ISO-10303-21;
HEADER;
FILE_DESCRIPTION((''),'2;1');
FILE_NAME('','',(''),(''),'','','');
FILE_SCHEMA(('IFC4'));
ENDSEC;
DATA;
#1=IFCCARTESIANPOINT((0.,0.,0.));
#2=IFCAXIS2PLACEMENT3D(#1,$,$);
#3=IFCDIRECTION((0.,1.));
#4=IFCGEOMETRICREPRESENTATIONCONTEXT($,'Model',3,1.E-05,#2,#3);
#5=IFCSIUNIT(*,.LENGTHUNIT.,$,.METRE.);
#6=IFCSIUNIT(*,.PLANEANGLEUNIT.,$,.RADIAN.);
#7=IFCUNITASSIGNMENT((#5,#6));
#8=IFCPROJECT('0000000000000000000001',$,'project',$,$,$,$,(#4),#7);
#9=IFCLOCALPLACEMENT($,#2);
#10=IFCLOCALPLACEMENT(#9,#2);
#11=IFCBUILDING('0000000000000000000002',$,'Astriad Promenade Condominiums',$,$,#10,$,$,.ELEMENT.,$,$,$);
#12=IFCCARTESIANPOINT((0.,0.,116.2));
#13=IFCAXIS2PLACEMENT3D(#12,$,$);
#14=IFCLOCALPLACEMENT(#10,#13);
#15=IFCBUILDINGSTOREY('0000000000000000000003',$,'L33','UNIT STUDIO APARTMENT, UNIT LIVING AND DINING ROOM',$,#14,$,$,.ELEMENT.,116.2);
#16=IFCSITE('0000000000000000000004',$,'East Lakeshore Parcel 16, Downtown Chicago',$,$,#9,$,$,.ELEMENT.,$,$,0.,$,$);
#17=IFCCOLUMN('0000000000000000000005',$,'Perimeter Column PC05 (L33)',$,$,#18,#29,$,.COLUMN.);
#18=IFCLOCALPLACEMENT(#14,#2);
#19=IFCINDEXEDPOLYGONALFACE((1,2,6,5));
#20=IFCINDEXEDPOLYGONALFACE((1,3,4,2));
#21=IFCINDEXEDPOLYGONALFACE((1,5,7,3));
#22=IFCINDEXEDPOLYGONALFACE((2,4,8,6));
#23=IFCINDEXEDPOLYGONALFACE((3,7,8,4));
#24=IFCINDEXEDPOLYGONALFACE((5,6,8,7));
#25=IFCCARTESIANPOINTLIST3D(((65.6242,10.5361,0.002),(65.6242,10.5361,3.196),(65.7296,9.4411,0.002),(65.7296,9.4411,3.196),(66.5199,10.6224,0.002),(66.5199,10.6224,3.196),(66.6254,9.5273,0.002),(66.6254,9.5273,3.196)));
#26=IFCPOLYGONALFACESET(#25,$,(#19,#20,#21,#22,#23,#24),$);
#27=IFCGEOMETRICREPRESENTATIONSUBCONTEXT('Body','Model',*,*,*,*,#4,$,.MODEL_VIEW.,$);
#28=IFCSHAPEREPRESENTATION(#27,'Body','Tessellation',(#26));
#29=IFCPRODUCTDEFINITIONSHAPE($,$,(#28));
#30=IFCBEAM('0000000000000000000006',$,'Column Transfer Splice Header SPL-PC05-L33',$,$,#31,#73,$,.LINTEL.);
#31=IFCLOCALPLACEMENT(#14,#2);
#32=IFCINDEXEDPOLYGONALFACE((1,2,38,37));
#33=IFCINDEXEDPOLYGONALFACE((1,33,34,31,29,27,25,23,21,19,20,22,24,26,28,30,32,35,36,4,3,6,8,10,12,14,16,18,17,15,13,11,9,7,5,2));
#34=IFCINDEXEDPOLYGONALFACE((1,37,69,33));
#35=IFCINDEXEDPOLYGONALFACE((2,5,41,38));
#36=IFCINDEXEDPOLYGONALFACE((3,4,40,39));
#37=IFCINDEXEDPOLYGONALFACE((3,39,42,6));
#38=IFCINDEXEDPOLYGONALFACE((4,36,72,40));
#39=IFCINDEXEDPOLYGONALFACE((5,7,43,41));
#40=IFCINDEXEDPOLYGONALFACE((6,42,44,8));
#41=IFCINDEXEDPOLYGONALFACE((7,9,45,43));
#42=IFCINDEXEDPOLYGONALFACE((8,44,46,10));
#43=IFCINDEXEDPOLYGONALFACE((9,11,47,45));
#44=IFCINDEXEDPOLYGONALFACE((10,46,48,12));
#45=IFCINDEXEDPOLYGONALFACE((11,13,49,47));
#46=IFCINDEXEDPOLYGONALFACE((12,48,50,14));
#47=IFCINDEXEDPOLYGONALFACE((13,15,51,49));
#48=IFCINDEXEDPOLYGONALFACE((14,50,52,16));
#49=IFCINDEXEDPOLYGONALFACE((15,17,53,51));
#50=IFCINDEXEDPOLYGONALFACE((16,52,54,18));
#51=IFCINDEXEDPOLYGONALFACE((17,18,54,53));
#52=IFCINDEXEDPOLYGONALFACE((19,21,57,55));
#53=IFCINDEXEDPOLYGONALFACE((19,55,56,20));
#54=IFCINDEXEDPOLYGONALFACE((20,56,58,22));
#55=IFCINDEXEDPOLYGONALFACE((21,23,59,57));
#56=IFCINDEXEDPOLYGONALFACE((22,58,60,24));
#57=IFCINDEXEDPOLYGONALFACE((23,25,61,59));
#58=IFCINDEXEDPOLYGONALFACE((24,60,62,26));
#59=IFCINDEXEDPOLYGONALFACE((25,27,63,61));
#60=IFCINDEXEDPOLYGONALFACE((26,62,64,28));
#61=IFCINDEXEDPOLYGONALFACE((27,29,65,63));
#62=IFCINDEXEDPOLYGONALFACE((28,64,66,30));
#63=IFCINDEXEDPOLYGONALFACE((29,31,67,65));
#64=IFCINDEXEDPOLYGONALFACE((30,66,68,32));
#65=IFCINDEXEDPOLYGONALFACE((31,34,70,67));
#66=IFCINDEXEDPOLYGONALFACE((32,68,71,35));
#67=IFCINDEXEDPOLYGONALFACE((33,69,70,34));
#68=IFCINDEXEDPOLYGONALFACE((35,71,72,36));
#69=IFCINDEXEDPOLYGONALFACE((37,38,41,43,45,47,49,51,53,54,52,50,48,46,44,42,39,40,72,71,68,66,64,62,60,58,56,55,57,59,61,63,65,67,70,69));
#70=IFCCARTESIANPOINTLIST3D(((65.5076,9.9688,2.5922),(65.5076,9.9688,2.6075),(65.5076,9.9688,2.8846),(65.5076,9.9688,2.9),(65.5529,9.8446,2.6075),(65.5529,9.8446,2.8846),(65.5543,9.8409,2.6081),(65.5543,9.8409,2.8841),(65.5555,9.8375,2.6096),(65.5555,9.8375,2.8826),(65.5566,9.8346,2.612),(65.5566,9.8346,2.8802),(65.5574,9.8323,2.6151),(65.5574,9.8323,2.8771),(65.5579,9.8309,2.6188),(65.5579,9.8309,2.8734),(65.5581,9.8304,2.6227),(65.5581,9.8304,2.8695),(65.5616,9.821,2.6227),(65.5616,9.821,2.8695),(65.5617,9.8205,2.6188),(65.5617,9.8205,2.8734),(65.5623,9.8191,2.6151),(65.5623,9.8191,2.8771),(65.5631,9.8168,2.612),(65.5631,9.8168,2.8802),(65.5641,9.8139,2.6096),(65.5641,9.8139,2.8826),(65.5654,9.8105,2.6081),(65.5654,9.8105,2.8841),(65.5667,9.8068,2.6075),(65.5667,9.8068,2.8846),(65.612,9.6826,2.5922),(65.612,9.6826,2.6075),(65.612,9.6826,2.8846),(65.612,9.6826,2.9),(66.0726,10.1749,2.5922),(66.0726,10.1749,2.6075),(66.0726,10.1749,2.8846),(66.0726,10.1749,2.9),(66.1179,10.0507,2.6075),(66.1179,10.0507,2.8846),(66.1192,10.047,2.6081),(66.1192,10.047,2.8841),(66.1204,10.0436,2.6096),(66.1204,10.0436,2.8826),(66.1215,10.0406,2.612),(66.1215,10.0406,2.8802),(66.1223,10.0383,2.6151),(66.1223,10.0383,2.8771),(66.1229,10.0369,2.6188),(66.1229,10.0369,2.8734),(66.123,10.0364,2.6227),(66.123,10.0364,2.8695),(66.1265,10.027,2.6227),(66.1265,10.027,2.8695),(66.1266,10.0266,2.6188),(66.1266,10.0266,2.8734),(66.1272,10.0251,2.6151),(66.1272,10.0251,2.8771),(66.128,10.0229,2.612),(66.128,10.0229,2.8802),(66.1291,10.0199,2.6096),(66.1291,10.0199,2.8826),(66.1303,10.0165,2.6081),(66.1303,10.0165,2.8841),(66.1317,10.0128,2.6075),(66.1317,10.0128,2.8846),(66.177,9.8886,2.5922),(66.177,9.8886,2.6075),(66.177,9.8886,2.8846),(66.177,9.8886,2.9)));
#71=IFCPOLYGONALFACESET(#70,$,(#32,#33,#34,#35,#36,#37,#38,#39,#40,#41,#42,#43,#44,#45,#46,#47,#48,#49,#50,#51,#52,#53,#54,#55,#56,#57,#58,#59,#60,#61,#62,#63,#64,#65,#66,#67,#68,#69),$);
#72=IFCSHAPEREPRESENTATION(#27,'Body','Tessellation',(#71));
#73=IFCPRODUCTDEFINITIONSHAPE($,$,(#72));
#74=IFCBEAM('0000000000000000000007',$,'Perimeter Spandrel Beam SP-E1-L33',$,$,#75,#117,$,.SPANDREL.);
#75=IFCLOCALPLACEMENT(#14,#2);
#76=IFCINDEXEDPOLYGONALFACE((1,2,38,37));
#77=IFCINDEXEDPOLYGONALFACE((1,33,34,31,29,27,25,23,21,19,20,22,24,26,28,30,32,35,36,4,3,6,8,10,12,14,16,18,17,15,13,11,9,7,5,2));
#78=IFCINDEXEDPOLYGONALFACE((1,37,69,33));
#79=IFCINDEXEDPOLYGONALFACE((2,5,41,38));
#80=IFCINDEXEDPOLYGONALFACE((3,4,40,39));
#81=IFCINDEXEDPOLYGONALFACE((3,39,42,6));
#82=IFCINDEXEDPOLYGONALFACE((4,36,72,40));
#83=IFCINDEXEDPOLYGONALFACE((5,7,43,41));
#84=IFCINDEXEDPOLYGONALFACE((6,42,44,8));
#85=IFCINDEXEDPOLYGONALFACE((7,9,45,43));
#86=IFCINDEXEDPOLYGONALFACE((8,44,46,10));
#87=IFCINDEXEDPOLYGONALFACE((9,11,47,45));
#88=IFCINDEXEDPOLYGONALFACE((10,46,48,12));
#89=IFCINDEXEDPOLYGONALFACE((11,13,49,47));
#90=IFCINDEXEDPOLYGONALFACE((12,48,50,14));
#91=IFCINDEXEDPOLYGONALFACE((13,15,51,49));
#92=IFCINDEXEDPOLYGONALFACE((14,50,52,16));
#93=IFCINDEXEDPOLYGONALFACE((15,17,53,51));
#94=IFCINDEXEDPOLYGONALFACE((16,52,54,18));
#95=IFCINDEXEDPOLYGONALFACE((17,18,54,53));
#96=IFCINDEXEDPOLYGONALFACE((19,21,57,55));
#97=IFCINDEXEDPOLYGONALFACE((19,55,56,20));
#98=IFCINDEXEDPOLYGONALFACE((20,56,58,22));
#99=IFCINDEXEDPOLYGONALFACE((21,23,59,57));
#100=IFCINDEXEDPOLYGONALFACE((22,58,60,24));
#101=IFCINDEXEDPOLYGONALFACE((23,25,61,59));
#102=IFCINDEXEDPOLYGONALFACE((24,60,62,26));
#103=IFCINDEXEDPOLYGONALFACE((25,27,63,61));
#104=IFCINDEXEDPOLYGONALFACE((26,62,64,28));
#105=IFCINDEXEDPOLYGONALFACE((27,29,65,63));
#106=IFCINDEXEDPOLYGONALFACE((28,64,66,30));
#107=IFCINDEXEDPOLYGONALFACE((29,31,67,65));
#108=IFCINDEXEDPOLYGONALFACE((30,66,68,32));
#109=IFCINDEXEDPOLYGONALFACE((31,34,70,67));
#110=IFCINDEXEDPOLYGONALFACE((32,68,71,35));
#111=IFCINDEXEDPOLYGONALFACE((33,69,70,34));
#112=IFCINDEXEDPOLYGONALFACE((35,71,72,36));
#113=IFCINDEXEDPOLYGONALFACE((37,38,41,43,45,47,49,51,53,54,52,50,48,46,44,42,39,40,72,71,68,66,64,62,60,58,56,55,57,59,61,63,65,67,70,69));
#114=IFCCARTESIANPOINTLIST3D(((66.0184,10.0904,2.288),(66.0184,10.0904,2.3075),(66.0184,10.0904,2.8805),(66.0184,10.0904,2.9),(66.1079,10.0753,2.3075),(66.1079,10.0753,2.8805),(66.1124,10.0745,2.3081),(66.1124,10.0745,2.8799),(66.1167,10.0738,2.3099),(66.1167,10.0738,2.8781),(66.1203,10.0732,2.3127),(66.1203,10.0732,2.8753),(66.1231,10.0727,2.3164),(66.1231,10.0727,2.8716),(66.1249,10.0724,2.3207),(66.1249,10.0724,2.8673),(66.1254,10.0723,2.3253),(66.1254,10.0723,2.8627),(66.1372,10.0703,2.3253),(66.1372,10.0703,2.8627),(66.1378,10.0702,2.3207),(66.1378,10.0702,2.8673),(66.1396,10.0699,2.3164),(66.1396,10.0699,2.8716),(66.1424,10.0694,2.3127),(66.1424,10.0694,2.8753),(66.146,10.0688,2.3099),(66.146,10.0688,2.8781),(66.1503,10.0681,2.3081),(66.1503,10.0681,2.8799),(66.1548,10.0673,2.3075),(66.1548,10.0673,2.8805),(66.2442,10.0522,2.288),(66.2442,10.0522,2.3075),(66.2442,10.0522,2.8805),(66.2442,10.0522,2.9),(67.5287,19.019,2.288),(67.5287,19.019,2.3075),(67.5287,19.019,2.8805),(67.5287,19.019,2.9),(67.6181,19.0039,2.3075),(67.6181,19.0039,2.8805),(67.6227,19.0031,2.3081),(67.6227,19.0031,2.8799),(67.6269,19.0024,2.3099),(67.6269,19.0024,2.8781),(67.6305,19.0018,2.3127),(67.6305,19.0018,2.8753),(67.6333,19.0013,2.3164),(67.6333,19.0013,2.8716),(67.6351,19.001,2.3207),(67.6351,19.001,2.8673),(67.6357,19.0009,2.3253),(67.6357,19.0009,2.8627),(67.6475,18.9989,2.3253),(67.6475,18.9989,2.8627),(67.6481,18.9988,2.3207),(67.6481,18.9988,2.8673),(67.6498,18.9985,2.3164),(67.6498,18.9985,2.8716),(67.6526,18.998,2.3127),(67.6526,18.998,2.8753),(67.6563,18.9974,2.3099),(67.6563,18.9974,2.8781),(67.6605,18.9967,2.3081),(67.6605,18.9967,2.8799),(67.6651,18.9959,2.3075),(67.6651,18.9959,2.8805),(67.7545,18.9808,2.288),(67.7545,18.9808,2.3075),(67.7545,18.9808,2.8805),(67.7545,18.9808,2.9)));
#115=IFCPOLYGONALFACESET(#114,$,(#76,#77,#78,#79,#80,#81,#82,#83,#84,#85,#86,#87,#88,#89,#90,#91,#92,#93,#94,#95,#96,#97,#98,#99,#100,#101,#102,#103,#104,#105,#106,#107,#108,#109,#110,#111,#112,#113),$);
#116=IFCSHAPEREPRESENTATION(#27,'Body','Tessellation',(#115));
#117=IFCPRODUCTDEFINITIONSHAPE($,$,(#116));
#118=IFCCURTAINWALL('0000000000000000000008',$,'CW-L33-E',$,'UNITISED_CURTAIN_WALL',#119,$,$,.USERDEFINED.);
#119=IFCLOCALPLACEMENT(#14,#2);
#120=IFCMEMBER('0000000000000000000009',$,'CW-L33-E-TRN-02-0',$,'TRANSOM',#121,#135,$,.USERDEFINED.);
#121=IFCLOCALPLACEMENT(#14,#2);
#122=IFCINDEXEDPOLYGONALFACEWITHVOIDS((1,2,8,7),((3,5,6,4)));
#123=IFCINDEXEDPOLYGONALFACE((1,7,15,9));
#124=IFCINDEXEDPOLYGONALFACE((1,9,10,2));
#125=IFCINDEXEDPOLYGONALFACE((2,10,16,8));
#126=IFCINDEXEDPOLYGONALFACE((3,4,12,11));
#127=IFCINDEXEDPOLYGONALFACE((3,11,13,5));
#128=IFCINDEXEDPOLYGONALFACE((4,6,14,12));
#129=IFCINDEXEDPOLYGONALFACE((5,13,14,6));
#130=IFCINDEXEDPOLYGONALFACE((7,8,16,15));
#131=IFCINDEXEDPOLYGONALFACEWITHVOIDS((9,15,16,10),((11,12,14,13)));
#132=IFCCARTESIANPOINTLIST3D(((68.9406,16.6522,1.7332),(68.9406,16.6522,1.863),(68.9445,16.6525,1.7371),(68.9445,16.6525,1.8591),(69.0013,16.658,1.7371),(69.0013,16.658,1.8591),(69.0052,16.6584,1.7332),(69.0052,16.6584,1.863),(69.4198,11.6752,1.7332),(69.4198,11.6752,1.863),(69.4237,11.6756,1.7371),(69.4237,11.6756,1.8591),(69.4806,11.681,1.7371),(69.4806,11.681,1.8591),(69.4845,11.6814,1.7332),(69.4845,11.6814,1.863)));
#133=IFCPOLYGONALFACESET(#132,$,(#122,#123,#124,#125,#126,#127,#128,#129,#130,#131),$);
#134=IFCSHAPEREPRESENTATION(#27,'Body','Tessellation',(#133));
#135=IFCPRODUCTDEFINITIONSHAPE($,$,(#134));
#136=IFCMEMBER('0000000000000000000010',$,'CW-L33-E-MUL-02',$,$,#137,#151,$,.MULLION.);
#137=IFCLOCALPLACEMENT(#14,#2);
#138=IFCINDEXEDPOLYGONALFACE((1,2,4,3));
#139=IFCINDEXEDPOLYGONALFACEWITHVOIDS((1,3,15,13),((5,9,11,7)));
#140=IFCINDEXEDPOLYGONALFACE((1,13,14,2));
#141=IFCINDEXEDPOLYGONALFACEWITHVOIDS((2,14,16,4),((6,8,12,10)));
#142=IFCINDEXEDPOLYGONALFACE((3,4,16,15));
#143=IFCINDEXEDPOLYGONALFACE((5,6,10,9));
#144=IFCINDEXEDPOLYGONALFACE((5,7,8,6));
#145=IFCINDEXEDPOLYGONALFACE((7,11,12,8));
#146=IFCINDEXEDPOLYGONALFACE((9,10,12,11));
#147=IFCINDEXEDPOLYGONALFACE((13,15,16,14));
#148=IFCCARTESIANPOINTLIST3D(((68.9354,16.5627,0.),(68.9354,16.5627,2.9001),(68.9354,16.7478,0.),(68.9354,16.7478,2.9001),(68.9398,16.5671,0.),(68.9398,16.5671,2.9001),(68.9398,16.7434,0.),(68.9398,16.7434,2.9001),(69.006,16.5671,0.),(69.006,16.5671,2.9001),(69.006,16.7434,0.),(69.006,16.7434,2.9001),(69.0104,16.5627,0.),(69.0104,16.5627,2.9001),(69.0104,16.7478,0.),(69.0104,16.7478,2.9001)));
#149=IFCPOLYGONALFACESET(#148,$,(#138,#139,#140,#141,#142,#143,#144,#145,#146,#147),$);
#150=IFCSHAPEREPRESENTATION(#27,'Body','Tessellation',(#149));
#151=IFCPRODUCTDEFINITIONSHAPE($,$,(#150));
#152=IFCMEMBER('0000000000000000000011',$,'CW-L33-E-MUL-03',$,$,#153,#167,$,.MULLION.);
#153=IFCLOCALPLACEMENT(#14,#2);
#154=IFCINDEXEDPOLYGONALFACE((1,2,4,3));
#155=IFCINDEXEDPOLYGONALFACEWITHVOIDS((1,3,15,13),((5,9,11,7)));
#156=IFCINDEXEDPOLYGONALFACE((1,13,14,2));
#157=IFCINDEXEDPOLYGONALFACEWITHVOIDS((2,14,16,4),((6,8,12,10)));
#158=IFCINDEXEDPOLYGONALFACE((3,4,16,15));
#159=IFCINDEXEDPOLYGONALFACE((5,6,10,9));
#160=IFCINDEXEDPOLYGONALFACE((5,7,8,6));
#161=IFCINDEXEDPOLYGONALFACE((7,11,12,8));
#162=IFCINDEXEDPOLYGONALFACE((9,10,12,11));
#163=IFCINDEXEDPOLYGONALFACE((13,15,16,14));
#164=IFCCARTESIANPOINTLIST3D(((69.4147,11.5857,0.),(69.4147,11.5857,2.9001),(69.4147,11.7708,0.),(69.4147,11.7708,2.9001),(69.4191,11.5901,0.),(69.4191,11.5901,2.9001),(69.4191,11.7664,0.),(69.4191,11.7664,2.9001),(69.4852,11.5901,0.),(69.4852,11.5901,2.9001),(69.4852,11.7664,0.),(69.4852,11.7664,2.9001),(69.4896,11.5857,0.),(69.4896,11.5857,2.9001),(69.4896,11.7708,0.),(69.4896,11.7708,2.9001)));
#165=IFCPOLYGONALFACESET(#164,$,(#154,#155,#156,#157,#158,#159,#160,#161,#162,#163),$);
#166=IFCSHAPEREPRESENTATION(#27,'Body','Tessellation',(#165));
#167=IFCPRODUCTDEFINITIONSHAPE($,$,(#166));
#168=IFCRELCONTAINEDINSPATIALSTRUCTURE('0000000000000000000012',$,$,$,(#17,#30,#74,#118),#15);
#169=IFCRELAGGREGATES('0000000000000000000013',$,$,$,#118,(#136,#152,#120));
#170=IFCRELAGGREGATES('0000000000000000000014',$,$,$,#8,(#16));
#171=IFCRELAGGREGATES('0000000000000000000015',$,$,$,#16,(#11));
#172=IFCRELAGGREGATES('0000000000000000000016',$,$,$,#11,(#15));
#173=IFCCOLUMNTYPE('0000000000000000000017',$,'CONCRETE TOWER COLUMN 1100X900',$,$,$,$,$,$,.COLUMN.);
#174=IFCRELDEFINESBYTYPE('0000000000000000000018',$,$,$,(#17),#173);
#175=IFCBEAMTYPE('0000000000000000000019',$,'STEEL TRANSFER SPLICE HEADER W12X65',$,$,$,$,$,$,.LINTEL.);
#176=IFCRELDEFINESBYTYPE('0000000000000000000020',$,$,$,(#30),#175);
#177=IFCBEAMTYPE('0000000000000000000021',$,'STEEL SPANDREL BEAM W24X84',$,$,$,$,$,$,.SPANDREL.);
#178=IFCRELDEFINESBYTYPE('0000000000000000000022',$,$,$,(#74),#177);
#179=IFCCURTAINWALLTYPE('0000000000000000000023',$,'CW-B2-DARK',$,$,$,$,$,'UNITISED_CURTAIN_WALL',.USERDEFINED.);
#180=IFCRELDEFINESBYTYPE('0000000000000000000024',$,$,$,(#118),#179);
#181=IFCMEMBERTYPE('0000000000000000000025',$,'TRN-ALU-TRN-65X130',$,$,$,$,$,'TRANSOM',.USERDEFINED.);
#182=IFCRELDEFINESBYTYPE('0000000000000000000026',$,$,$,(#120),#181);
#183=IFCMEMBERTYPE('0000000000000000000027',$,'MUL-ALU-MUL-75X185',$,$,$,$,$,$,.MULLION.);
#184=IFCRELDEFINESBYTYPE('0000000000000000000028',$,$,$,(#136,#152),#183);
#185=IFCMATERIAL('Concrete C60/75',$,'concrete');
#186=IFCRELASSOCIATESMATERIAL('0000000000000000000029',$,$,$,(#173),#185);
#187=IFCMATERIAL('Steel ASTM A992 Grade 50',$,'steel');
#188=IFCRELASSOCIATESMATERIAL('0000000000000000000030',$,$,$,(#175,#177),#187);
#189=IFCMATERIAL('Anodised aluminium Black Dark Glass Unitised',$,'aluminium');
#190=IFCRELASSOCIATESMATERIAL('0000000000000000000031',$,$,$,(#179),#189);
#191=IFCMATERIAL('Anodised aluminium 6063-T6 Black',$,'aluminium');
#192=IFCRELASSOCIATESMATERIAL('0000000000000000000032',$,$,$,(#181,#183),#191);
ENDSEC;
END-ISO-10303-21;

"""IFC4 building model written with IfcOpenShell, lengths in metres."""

from ifc_helpers import new_model, si_unit, direction, frame, origin, origin_2d, place, context, subcontext, project, spatial, rectangle, hollow_rectangle, i_section, extrude, source, transform, mapped, material, material_profile, profile_set, type_object, type_shapes, element, aggregate, save


model = new_model("IFC4")

# Units and contexts
model_context = context("Model", 3, precision=1e-05, world=origin(), true_north=direction((0.0, 1.0)))
body_context = subcontext(model_context, "Body", "Model", "MODEL_VIEW")
ifc_project = project(units=[si_unit("LENGTHUNIT", "METRE"), si_unit("PLANEANGLEUNIT", "RADIAN")], contexts=[model_context])

# Site, building, storey
site_placement = place(None, origin())
site = spatial("IfcSite", under=ifc_project, at=site_placement, Name="East Lakeshore Parcel 16, Downtown Chicago", CompositionType="ELEMENT", RefElevation=0.0)
building_placement = place(site_placement, origin())
building = spatial("IfcBuilding", under=site, at=building_placement, Name="Astriad Promenade Condominiums", CompositionType="ELEMENT")
storey_placement = place(building_placement, frame((0.0, 0.0, 116.2)))
storey = spatial("IfcBuildingStorey", under=building, at=storey_placement, Name="L33", Description="UNIT STUDIO APARTMENT, UNIT LIVING AND DINING ROOM", CompositionType="ELEMENT", Elevation=116.2)

# Column
ifc_material_1 = material(Name="Concrete C60/75", Category="concrete")
ifc_material_profile_1 = material_profile(ifc_material_1, rectangle(XDim=0.8999, YDim=1.1001, at=origin_2d()), Name="RC-COL-1100X900")
ifc_profile_set_1 = profile_set([ifc_material_profile_1], Name="Concrete C60/75")
column_type = type_object("IfcColumnType", Name="CONCRETE TOWER COLUMN 1100X900", PredefinedType="COLUMN", material=ifc_profile_set_1)
shared_shape_1 = source(origin(), body_context, "Body", "SweptSolid", [
    extrude(rectangle(XDim=0.8999, YDim=1.1001, at=origin_2d()), origin(), (0.0, 0.0, 1.0), 3.1941),
])
type_shapes(column_type, [shared_shape_1])
column_placement = place(storey_placement, frame((66.1248, 10.0317, 0.002), z_axis=(0.0, 0.0, 1.0), x_axis=(0.995396, 0.095846, 0.0)))
element("IfcColumn", 1, at=column_placement, inside=storey, type_object=column_type, Name="Perimeter Column PC05 (L33)", PredefinedType="COLUMN", context=body_context, shape_type="MappedRepresentation", body=[
    mapped(shared_shape_1, transform((0.0, 0.0, 0.0), scale=1.0)),
])

# Beams
ifc_material_2 = material(Name="Steel ASTM A992 Grade 50", Category="steel")
ifc_material_profile_2 = material_profile(ifc_material_2, i_section(OverallWidth=0.3047, OverallDepth=0.3079, WebThickness=0.01, FlangeThickness=0.0154, FilletRadius=0.0151, at=origin_2d()), Name="W12X65")
ifc_profile_set_2 = profile_set([ifc_material_profile_2], Name="Steel ASTM A992 Grade 50")
beam_type_1 = type_object("IfcBeamType", Name="STEEL TRANSFER SPLICE HEADER W12X65", PredefinedType="LINTEL", material=ifc_profile_set_2)
shared_shape_2 = source(origin(), body_context, "Body", "SweptSolid", [
    extrude(i_section(OverallWidth=0.3047, OverallDepth=0.3079, WebThickness=0.01, FlangeThickness=0.0154, FilletRadius=0.0151, at=origin_2d()), origin(), (0.0, 0.0, 1.0), 0.6013),
])
type_shapes(beam_type_1, [shared_shape_2])
beam_1_placement = place(storey_placement, frame((66.1248, 10.0317, 2.7461), z_axis=(-0.939461, -0.342656, 0.0), x_axis=(0.342656, -0.939461, 0.0)))
element("IfcBeam", 2, at=beam_1_placement, inside=storey, type_object=beam_type_1, Name="Column Transfer Splice Header SPL-PC05-L33", PredefinedType="LINTEL", context=body_context, shape_type="MappedRepresentation", body=[
    mapped(shared_shape_2, transform((0.0, 0.0, 0.0), scale=1.0)),
])
ifc_material_profile_3 = material_profile(ifc_material_2, i_section(OverallWidth=0.229, OverallDepth=0.6121, WebThickness=0.012, FlangeThickness=0.0195, FilletRadius=0.0178, at=origin_2d()), Name="W24X84")
ifc_profile_set_3 = profile_set([ifc_material_profile_3], Name="Steel ASTM A992 Grade 50")
beam_type_2 = type_object("IfcBeamType", Name="STEEL SPANDREL BEAM W24X84", PredefinedType="SPANDREL", material=ifc_profile_set_3)
shared_shape_3 = source(origin(), body_context, "Body", "SweptSolid", [
    extrude(i_section(OverallWidth=0.229, OverallDepth=0.6121, WebThickness=0.012, FlangeThickness=0.0195, FilletRadius=0.0178, at=origin_2d()), origin(), (0.0, 0.0, 1.0), 9.0554),
])
type_shapes(beam_type_2, [shared_shape_3])
beam_2_placement = place(storey_placement, frame((66.1313, 10.0713, 2.594), z_axis=(0.166777, 0.985995, 0.0), x_axis=(-0.985995, 0.166777, 0.0)))
element("IfcBeam", 3, at=beam_2_placement, inside=storey, type_object=beam_type_2, Name="Perimeter Spandrel Beam SP-E1-L33", PredefinedType="SPANDREL", context=body_context, shape_type="MappedRepresentation", body=[
    mapped(shared_shape_3, transform((0.0, 0.0, 0.0), scale=1.0)),
])

# Curtain wall, members
ifc_material_3 = material(Name="Anodised aluminium Black Dark Glass Unitised", Category="aluminium")
curtain_wall_type = type_object("IfcCurtainWallType", Name="CW-B2-DARK", ElementType="UNITISED_CURTAIN_WALL", PredefinedType="USERDEFINED", material=ifc_material_3)
curtain_wall_placement = place(storey_placement, origin())
curtain_wall = element("IfcCurtainWall", 4, at=curtain_wall_placement, inside=storey, type_object=curtain_wall_type, Name="CW-L33-E", ObjectType="UNITISED_CURTAIN_WALL", PredefinedType="USERDEFINED")
ifc_material_4 = material(Name="Anodised aluminium 6063-T6 Black", Category="aluminium")
ifc_material_profile_4 = material_profile(ifc_material_4, hollow_rectangle(XDim=0.0649, YDim=0.1299, WallThickness=0.0039, at=origin_2d()), Name="ALU-TRN-65X130")
ifc_profile_set_4 = profile_set([ifc_material_profile_4], Name="Anodised aluminium 6063-T6 Black")
member_type_1 = type_object("IfcMemberType", Name="TRN-ALU-TRN-65X130", ElementType="TRANSOM", PredefinedType="USERDEFINED", material=ifc_profile_set_4)
shared_shape_4 = source(origin(), body_context, "Body", "SweptSolid", [
    extrude(hollow_rectangle(XDim=0.0649, YDim=0.1299, WallThickness=0.0039, at=origin_2d()), origin(), (0.0, 0.0, 1.0), 5.0),
])
type_shapes(member_type_1, [shared_shape_4])
member_1_placement = place(storey_placement, frame((68.9729, 16.6553, 1.7981), z_axis=(0.095848, -0.995396, 0.0), x_axis=(0.995396, 0.095848, 0.0)))
member_1 = element("IfcMember", 5, at=member_1_placement, type_object=member_type_1, Name="CW-L33-E-TRN-02-0", ObjectType="TRANSOM", PredefinedType="USERDEFINED", context=body_context, shape_type="MappedRepresentation", body=[
    mapped(shared_shape_4, transform((0.0, 0.0, 0.0), scale=1.0)),
])
ifc_material_profile_5 = material_profile(ifc_material_4, hollow_rectangle(XDim=0.075, YDim=0.1851, WallThickness=0.0044, at=origin_2d()), Name="ALU-MUL-75X185")
ifc_profile_set_5 = profile_set([ifc_material_profile_5], Name="Anodised aluminium 6063-T6 Black")
member_type_2 = type_object("IfcMemberType", Name="MUL-ALU-MUL-75X185", PredefinedType="MULLION", material=ifc_profile_set_5)
shared_shape_5 = source(origin(), body_context, "Body", "SweptSolid", [
    extrude(hollow_rectangle(XDim=0.075, YDim=0.1851, WallThickness=0.0044, at=origin_2d()), origin(), (0.0, 0.0, 1.0), 2.9001),
])
type_shapes(member_type_2, [shared_shape_5])
member_2_placement = place(storey_placement, frame((68.9729, 16.6553, 0.0), z_axis=(0.0, 0.0, 1.0), x_axis=(1.0, 0.0, 0.0)))
member_2 = element("IfcMember", 6, at=member_2_placement, type_object=member_type_2, Name="CW-L33-E-MUL-02", PredefinedType="MULLION", context=body_context, shape_type="MappedRepresentation", body=[
    mapped(shared_shape_5, transform((0.0, 0.0, 0.0), scale=1.0)),
])
member_3_placement = place(storey_placement, frame((69.4521, 11.6782, 0.0), z_axis=(0.0, 0.0, 1.0), x_axis=(1.0, 0.0, 0.0)))
member_3 = element("IfcMember", 7, at=member_3_placement, type_object=member_type_2, Name="CW-L33-E-MUL-03", PredefinedType="MULLION", context=body_context, shape_type="MappedRepresentation", body=[
    mapped(shared_shape_5, transform((0.0, 0.0, 0.0), scale=1.0)),
])
aggregate(curtain_wall, [member_2, member_3, member_1])

save(model, "model.ifc")
